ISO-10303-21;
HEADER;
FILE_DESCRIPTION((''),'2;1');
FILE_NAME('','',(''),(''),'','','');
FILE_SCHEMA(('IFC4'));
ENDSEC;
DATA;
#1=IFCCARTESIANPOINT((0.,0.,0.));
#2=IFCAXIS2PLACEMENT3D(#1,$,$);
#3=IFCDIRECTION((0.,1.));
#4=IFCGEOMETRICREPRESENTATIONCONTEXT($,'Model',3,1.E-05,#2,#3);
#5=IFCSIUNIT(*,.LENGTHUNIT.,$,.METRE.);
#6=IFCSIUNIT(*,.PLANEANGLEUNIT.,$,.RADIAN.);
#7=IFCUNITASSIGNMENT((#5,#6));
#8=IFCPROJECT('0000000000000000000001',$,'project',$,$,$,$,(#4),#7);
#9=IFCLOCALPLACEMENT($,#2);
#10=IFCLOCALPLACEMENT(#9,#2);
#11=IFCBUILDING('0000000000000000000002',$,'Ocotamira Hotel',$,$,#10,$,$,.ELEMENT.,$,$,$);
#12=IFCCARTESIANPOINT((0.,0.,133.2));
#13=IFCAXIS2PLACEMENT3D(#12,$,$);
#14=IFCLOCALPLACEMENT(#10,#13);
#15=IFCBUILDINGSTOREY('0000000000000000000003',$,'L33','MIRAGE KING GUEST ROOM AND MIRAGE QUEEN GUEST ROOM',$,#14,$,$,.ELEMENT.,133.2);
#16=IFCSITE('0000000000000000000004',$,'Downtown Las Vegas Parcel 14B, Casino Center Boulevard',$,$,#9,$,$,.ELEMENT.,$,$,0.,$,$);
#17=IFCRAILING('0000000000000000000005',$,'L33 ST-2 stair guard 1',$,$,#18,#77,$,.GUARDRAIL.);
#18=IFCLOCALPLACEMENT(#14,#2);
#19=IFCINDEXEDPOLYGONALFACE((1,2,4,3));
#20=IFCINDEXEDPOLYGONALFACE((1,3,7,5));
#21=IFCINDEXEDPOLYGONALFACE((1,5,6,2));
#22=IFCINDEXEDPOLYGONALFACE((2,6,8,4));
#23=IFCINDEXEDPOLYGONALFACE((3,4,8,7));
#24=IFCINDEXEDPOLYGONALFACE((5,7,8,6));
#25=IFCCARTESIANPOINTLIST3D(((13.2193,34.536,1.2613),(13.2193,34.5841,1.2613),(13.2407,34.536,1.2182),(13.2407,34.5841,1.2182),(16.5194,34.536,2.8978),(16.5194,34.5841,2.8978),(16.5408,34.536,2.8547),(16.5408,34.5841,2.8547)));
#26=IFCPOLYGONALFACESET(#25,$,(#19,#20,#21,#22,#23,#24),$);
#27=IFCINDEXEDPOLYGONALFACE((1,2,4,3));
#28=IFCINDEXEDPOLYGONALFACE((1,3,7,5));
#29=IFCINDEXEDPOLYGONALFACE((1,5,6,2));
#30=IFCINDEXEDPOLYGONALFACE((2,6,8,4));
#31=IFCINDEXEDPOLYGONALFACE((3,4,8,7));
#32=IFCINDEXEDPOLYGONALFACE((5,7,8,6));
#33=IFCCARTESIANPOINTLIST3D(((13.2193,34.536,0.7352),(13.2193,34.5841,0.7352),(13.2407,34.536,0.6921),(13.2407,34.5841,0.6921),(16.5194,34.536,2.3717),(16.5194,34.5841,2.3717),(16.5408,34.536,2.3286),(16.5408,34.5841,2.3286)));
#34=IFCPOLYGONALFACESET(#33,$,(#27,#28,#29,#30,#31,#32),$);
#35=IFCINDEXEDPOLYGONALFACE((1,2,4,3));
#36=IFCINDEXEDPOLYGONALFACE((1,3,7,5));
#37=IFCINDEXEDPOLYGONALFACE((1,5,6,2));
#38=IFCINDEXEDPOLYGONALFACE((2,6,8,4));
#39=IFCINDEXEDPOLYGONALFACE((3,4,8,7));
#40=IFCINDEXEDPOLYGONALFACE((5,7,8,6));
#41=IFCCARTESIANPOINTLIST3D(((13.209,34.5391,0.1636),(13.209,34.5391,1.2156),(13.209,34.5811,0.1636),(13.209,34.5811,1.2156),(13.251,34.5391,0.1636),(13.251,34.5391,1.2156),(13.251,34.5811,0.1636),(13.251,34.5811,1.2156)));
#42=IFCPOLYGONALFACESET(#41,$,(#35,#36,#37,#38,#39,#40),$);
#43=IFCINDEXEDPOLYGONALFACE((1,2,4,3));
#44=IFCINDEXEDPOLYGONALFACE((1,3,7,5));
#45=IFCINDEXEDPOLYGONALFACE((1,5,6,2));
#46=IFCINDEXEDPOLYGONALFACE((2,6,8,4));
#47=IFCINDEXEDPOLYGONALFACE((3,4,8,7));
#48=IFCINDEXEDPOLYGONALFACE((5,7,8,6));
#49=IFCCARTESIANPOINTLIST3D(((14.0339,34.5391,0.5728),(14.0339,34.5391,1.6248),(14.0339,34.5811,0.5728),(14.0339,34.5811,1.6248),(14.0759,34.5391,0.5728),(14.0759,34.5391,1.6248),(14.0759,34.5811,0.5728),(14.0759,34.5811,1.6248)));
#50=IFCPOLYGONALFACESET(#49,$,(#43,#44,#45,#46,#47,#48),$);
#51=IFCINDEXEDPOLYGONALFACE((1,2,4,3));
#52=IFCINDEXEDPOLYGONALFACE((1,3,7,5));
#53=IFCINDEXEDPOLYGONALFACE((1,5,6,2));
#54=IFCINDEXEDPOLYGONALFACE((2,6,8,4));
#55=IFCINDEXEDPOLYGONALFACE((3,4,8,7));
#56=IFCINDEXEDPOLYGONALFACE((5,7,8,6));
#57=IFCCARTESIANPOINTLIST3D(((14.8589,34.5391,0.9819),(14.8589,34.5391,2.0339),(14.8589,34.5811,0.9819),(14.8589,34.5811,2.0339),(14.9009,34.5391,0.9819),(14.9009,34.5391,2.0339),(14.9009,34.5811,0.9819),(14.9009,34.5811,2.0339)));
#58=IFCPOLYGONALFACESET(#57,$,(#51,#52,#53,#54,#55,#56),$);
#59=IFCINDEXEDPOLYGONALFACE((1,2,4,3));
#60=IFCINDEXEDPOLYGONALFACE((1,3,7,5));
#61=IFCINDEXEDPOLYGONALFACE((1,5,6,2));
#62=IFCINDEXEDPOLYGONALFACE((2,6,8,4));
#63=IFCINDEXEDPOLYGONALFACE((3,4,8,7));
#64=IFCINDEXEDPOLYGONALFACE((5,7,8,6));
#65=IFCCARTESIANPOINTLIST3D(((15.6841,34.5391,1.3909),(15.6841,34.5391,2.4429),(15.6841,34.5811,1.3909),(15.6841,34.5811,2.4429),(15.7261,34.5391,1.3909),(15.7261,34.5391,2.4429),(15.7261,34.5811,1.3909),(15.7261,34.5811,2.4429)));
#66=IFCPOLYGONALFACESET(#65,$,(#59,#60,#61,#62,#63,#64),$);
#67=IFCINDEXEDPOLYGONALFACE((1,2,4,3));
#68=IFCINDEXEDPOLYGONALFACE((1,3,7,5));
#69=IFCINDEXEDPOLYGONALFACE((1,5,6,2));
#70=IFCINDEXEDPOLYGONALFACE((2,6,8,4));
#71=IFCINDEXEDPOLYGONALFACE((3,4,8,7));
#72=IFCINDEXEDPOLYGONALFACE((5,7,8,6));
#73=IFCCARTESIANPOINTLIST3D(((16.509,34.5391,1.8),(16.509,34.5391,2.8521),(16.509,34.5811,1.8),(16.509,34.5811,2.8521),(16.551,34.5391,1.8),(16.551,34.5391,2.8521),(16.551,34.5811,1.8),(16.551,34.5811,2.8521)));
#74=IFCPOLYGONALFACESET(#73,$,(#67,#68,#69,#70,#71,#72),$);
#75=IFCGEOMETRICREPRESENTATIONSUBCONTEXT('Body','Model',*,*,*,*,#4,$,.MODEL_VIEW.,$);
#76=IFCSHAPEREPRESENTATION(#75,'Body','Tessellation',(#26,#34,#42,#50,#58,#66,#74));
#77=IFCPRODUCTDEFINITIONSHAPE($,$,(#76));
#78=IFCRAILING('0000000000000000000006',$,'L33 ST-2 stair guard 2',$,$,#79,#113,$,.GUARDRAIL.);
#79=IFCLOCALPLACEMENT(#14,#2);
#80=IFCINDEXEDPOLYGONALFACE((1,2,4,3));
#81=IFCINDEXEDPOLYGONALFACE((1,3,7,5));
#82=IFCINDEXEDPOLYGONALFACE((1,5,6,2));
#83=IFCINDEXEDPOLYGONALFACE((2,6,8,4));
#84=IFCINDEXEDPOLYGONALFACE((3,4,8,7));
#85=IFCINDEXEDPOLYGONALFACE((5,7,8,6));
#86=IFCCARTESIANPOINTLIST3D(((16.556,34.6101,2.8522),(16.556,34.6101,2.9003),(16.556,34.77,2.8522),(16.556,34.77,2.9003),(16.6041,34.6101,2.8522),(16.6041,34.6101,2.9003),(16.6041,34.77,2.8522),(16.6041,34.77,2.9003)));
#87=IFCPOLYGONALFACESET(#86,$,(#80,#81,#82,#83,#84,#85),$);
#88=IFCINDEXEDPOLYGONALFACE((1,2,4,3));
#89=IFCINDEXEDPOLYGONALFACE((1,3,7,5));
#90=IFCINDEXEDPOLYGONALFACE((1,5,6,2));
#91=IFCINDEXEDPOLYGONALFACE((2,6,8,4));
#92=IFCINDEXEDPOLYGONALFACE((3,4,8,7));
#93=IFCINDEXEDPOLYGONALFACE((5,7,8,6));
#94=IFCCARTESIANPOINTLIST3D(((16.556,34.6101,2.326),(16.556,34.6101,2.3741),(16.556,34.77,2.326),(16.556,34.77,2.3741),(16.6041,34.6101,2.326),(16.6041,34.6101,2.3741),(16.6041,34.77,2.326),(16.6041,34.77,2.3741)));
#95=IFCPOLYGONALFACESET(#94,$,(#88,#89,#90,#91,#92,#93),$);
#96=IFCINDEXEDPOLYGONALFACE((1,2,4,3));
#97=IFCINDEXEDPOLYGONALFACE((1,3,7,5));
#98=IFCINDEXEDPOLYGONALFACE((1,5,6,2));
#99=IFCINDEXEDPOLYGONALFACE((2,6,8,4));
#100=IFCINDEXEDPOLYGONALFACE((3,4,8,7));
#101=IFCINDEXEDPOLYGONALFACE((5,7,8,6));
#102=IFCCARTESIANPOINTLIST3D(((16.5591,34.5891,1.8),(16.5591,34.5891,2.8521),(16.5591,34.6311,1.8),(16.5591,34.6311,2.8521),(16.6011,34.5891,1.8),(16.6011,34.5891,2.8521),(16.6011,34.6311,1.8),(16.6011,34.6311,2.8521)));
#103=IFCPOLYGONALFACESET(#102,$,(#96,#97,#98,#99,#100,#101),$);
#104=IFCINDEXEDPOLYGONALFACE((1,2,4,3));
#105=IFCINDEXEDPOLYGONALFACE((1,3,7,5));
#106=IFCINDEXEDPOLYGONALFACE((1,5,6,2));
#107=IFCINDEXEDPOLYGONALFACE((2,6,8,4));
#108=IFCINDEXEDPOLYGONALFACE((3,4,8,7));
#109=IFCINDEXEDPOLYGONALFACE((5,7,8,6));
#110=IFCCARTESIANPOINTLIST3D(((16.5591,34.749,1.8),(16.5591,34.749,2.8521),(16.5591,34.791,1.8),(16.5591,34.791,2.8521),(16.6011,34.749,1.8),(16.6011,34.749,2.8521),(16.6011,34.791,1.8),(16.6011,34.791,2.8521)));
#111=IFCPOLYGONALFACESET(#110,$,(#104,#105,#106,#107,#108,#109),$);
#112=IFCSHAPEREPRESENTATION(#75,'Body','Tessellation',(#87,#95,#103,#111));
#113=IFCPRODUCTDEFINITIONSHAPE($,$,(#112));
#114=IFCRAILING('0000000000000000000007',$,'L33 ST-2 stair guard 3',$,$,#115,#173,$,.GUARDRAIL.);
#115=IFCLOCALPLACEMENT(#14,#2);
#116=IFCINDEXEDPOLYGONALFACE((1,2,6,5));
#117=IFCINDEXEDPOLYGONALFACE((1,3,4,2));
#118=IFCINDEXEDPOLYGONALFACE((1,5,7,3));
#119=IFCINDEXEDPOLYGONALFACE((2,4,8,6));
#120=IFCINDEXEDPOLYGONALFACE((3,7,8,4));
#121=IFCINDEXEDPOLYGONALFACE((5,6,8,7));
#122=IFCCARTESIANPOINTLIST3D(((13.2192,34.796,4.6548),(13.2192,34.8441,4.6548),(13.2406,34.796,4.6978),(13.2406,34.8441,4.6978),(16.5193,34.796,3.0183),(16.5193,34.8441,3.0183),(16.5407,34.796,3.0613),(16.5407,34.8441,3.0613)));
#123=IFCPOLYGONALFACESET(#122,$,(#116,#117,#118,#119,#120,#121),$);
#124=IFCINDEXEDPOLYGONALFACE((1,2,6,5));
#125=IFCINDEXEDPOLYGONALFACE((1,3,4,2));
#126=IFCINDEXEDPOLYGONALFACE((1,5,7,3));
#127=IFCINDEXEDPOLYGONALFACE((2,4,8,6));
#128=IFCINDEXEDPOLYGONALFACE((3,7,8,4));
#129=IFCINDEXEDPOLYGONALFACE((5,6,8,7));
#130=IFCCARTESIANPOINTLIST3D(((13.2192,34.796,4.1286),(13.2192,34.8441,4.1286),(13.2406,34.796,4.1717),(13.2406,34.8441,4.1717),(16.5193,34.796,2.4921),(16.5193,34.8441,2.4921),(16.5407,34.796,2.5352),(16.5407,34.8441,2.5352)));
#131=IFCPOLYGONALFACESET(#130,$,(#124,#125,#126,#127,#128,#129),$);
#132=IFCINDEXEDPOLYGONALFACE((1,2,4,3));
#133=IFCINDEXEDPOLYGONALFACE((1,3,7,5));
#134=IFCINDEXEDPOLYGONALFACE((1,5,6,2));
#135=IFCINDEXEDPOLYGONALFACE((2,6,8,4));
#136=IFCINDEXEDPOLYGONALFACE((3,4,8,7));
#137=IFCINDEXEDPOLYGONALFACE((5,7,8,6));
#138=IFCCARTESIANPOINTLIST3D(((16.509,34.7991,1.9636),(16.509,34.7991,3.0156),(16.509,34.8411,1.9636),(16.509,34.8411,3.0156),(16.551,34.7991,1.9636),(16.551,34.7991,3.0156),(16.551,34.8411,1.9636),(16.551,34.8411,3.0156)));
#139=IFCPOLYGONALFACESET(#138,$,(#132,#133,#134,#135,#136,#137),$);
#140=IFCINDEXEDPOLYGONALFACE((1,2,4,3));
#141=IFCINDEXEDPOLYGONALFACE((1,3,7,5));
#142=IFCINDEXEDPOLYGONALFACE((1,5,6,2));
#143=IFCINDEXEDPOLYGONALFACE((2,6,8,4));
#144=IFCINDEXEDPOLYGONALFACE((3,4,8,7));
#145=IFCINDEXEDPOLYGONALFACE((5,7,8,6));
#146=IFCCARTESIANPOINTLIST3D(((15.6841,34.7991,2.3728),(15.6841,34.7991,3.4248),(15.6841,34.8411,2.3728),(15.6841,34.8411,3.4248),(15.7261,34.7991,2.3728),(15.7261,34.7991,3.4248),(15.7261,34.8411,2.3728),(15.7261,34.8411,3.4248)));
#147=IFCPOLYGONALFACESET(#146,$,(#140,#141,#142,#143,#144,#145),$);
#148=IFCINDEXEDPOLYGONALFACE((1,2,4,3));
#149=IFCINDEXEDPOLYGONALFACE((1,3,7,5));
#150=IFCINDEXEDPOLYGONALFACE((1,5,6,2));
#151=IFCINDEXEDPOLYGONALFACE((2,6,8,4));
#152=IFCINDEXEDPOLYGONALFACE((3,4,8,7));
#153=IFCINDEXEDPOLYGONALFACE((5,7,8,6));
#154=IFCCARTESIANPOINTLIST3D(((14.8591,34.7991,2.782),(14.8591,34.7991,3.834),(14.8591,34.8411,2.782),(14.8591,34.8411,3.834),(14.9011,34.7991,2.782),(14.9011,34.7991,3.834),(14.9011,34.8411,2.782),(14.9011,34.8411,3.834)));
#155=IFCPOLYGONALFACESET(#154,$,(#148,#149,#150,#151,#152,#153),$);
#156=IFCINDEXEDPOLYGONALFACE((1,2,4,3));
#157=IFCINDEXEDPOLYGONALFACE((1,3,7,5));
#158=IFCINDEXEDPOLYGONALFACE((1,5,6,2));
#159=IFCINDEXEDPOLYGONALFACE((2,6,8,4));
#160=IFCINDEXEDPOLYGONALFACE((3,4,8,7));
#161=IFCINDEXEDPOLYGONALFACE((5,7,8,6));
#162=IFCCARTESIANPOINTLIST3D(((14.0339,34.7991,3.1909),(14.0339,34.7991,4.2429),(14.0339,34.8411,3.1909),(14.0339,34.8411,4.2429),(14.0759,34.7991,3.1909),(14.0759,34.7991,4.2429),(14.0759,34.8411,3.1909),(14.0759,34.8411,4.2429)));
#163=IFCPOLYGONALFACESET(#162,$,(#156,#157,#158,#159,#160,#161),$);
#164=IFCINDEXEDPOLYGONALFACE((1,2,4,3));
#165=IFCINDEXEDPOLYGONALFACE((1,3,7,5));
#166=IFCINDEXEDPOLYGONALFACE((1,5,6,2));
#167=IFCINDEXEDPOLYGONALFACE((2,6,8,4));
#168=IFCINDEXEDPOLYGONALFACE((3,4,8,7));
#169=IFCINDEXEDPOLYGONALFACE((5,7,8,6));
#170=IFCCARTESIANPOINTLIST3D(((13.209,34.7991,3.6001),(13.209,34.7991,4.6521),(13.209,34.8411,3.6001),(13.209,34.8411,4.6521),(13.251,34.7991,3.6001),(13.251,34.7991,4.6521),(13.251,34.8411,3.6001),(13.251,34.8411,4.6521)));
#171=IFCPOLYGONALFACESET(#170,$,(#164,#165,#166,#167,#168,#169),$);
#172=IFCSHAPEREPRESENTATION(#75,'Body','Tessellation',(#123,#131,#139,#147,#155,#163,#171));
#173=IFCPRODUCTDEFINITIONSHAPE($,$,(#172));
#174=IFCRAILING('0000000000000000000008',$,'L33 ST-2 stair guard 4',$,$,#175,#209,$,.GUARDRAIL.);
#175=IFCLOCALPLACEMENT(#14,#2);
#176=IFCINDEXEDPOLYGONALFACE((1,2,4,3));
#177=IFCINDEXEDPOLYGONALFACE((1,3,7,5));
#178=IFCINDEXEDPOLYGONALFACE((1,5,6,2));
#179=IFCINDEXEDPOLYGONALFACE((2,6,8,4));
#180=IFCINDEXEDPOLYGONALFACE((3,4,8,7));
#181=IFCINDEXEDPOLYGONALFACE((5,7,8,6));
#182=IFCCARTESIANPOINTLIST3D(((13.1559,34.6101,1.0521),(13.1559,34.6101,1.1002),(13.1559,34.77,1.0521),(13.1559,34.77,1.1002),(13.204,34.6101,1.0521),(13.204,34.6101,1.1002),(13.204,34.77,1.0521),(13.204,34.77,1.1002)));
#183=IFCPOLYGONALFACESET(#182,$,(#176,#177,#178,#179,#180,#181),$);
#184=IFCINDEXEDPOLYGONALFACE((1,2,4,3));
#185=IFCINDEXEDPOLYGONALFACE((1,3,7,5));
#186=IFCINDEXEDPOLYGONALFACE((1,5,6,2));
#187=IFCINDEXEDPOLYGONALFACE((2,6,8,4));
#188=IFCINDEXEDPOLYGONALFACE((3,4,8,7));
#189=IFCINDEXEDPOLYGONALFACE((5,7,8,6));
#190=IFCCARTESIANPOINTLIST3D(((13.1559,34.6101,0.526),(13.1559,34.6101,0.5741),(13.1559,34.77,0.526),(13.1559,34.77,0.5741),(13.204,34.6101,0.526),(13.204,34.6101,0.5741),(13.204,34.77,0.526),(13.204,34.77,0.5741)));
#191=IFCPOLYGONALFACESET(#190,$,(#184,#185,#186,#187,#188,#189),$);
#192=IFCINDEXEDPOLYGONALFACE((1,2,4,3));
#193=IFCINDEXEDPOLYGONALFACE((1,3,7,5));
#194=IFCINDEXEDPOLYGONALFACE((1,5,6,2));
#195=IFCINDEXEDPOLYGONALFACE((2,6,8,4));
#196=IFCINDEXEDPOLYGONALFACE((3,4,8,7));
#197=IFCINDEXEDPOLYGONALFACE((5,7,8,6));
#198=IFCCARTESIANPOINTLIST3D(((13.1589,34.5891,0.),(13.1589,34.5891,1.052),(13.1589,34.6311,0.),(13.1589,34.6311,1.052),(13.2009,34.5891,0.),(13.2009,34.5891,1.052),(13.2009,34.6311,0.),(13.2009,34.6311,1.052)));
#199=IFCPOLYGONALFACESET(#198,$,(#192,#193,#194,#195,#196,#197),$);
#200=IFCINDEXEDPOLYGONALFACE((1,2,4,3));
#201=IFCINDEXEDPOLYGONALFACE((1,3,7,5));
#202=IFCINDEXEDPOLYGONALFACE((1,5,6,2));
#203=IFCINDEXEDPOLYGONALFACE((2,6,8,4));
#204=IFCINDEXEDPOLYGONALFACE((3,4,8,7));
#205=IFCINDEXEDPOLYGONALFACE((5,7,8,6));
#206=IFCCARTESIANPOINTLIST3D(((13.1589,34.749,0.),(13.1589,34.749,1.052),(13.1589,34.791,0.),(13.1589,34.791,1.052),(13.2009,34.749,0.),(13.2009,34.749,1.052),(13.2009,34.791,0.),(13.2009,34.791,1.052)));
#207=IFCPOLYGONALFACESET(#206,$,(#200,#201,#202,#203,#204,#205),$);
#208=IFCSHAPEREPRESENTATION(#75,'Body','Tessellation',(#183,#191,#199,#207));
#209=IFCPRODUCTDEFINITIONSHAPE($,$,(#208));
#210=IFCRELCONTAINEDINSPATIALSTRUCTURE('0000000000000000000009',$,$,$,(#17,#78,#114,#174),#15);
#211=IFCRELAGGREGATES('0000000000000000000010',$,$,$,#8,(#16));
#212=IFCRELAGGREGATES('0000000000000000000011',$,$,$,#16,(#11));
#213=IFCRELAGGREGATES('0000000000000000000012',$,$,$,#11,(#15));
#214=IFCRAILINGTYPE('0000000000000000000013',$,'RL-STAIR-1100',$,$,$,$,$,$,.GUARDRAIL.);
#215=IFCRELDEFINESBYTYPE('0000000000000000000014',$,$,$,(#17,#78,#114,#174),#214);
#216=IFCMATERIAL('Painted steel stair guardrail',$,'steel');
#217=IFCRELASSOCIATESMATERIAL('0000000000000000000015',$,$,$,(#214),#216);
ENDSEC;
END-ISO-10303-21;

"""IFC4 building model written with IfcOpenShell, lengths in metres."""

from ifc_helpers import new_model, si_unit, direction, frame, origin, origin_2d, place, context, subcontext, project, spatial, rectangle, extrude, material, type_object, element, save


model = new_model("IFC4")

# Units and contexts
model_context = context("Model", 3, precision=1e-05, world=origin(), true_north=direction((0.0, 1.0)))
body_context = subcontext(model_context, "Body", "Model", "MODEL_VIEW")
ifc_project = project(units=[si_unit("LENGTHUNIT", "METRE"), si_unit("PLANEANGLEUNIT", "RADIAN")], contexts=[model_context])

# Site, building, storey
site_placement = place(None, origin())
site = spatial("IfcSite", under=ifc_project, at=site_placement, Name="Downtown Las Vegas Parcel 14B, Casino Center Boulevard", CompositionType="ELEMENT", RefElevation=0.0)
building_placement = place(site_placement, origin())
building = spatial("IfcBuilding", under=site, at=building_placement, Name="Ocotamira Hotel", CompositionType="ELEMENT")
storey_placement = place(building_placement, frame((0.0, 0.0, 133.2)))
storey = spatial("IfcBuildingStorey", under=building, at=storey_placement, Name="L33", Description="MIRAGE KING GUEST ROOM AND MIRAGE QUEEN GUEST ROOM", CompositionType="ELEMENT", Elevation=133.2)

# Railings
ifc_material_1 = material(Name="Painted steel stair guardrail", Category="steel")
railing_type_1 = type_object("IfcRailingType", Name="RL-STAIR-1100", PredefinedType="GUARDRAIL", material=ifc_material_1)
railing_1_placement = place(storey_placement, frame((13.23, 34.5601, 0.1636)))
element("IfcRailing", 1, at=railing_1_placement, inside=storey, type_object=railing_type_1, Name="L33 ST-2 stair guard 1", PredefinedType="GUARDRAIL", context=body_context, shape_type="SweptSolid", body=[
    extrude(rectangle(XDim=0.0481, YDim=0.0481, at=origin_2d()), frame((0.0, 0.0, 1.0762), z_axis=(0.895894, 0.0, 0.444268), x_axis=(0.0, 1.0, 0.0)), (0.0, 0.0, 1.0), 3.6836),
    extrude(rectangle(XDim=0.0481, YDim=0.0481, at=origin_2d()), frame((0.0, 0.0, 0.55), z_axis=(0.895894, 0.0, 0.444268), x_axis=(0.0, 1.0, 0.0)), (0.0, 0.0, 1.0), 3.6836),
    extrude(rectangle(XDim=0.042, YDim=0.042, at=origin_2d()), origin(), (0.0, 0.0, 1.0), 1.052),
    extrude(rectangle(XDim=0.042, YDim=0.042, at=origin_2d()), frame((0.825, 0.0, 0.4092)), (0.0, 0.0, 1.0), 1.052),
    extrude(rectangle(XDim=0.042, YDim=0.042, at=origin_2d()), frame((1.6499, 0.0, 0.8184)), (0.0, 0.0, 1.0), 1.052),
    extrude(rectangle(XDim=0.042, YDim=0.042, at=origin_2d()), frame((2.4751, 0.0, 1.2273)), (0.0, 0.0, 1.0), 1.052),
    extrude(rectangle(XDim=0.042, YDim=0.042, at=origin_2d()), frame((3.3, 0.0, 1.6365)), (0.0, 0.0, 1.0), 1.052),
])
railing_2_placement = place(storey_placement, frame((16.5801, 34.6101, 1.8)))
element("IfcRailing", 2, at=railing_2_placement, inside=storey, type_object=railing_type_1, Name="L33 ST-2 stair guard 2", PredefinedType="GUARDRAIL", context=body_context, shape_type="SweptSolid", body=[
    extrude(rectangle(XDim=0.0481, YDim=0.0481, at=origin_2d()), frame((0.0, 0.0, 1.0762), z_axis=(0.0, 1.0, 0.0), x_axis=(-1.0, 0.0, 0.0)), (0.0, 0.0, 1.0), 0.1599),
    extrude(rectangle(XDim=0.0481, YDim=0.0481, at=origin_2d()), frame((0.0, 0.0, 0.55), z_axis=(0.0, 1.0, 0.0), x_axis=(-1.0, 0.0, 0.0)), (0.0, 0.0, 1.0), 0.1599),
    extrude(rectangle(XDim=0.042, YDim=0.042, at=origin_2d()), origin(), (0.0, 0.0, 1.0), 1.052),
    extrude(rectangle(XDim=0.042, YDim=0.042, at=origin_2d()), frame((0.0, 0.1599, 0.0)), (0.0, 0.0, 1.0), 1.052),
])
railing_3_placement = place(storey_placement, frame((16.53, 34.8201, 1.9636)))
element("IfcRailing", 3, at=railing_3_placement, inside=storey, type_object=railing_type_1, Name="L33 ST-2 stair guard 3", PredefinedType="GUARDRAIL", context=body_context, shape_type="SweptSolid", body=[
    extrude(rectangle(XDim=0.0481, YDim=0.0481, at=origin_2d()), frame((0.0, 0.0, 1.0762), z_axis=(-0.895894, 0.0, 0.444268), x_axis=(0.0, -1.0, 0.0)), (0.0, 0.0, 1.0), 3.6836),
    extrude(rectangle(XDim=0.0481, YDim=0.0481, at=origin_2d()), frame((0.0, 0.0, 0.55), z_axis=(-0.895894, 0.0, 0.444268), x_axis=(0.0, -1.0, 0.0)), (0.0, 0.0, 1.0), 3.6836),
    extrude(rectangle(XDim=0.042, YDim=0.042, at=origin_2d()), origin(), (0.0, 0.0, 1.0), 1.052),
    extrude(rectangle(XDim=0.042, YDim=0.042, at=origin_2d()), frame((-0.825, 0.0, 0.4092)), (0.0, 0.0, 1.0), 1.052),
    extrude(rectangle(XDim=0.042, YDim=0.042, at=origin_2d()), frame((-1.6499, 0.0, 0.8184)), (0.0, 0.0, 1.0), 1.052),
    extrude(rectangle(XDim=0.042, YDim=0.042, at=origin_2d()), frame((-2.4751, 0.0, 1.2273)), (0.0, 0.0, 1.0), 1.052),
    extrude(rectangle(XDim=0.042, YDim=0.042, at=origin_2d()), frame((-3.3, 0.0, 1.6365)), (0.0, 0.0, 1.0), 1.052),
])
railing_4_placement = place(storey_placement, frame((13.1799, 34.6101, 0.0)))
element("IfcRailing", 4, at=railing_4_placement, inside=storey, type_object=railing_type_1, Name="L33 ST-2 stair guard 4", PredefinedType="GUARDRAIL", context=body_context, shape_type="SweptSolid", body=[
    extrude(rectangle(XDim=0.0481, YDim=0.0481, at=origin_2d()), frame((0.0, 0.0, 1.0762), z_axis=(0.0, 1.0, 0.0), x_axis=(-1.0, 0.0, 0.0)), (0.0, 0.0, 1.0), 0.1599),
    extrude(rectangle(XDim=0.0481, YDim=0.0481, at=origin_2d()), frame((0.0, 0.0, 0.55), z_axis=(0.0, 1.0, 0.0), x_axis=(-1.0, 0.0, 0.0)), (0.0, 0.0, 1.0), 0.1599),
    extrude(rectangle(XDim=0.042, YDim=0.042, at=origin_2d()), origin(), (0.0, 0.0, 1.0), 1.052),
    extrude(rectangle(XDim=0.042, YDim=0.042, at=origin_2d()), frame((0.0, 0.1599, 0.0)), (0.0, 0.0, 1.0), 1.052),
])

save(model, "model.ifc")
